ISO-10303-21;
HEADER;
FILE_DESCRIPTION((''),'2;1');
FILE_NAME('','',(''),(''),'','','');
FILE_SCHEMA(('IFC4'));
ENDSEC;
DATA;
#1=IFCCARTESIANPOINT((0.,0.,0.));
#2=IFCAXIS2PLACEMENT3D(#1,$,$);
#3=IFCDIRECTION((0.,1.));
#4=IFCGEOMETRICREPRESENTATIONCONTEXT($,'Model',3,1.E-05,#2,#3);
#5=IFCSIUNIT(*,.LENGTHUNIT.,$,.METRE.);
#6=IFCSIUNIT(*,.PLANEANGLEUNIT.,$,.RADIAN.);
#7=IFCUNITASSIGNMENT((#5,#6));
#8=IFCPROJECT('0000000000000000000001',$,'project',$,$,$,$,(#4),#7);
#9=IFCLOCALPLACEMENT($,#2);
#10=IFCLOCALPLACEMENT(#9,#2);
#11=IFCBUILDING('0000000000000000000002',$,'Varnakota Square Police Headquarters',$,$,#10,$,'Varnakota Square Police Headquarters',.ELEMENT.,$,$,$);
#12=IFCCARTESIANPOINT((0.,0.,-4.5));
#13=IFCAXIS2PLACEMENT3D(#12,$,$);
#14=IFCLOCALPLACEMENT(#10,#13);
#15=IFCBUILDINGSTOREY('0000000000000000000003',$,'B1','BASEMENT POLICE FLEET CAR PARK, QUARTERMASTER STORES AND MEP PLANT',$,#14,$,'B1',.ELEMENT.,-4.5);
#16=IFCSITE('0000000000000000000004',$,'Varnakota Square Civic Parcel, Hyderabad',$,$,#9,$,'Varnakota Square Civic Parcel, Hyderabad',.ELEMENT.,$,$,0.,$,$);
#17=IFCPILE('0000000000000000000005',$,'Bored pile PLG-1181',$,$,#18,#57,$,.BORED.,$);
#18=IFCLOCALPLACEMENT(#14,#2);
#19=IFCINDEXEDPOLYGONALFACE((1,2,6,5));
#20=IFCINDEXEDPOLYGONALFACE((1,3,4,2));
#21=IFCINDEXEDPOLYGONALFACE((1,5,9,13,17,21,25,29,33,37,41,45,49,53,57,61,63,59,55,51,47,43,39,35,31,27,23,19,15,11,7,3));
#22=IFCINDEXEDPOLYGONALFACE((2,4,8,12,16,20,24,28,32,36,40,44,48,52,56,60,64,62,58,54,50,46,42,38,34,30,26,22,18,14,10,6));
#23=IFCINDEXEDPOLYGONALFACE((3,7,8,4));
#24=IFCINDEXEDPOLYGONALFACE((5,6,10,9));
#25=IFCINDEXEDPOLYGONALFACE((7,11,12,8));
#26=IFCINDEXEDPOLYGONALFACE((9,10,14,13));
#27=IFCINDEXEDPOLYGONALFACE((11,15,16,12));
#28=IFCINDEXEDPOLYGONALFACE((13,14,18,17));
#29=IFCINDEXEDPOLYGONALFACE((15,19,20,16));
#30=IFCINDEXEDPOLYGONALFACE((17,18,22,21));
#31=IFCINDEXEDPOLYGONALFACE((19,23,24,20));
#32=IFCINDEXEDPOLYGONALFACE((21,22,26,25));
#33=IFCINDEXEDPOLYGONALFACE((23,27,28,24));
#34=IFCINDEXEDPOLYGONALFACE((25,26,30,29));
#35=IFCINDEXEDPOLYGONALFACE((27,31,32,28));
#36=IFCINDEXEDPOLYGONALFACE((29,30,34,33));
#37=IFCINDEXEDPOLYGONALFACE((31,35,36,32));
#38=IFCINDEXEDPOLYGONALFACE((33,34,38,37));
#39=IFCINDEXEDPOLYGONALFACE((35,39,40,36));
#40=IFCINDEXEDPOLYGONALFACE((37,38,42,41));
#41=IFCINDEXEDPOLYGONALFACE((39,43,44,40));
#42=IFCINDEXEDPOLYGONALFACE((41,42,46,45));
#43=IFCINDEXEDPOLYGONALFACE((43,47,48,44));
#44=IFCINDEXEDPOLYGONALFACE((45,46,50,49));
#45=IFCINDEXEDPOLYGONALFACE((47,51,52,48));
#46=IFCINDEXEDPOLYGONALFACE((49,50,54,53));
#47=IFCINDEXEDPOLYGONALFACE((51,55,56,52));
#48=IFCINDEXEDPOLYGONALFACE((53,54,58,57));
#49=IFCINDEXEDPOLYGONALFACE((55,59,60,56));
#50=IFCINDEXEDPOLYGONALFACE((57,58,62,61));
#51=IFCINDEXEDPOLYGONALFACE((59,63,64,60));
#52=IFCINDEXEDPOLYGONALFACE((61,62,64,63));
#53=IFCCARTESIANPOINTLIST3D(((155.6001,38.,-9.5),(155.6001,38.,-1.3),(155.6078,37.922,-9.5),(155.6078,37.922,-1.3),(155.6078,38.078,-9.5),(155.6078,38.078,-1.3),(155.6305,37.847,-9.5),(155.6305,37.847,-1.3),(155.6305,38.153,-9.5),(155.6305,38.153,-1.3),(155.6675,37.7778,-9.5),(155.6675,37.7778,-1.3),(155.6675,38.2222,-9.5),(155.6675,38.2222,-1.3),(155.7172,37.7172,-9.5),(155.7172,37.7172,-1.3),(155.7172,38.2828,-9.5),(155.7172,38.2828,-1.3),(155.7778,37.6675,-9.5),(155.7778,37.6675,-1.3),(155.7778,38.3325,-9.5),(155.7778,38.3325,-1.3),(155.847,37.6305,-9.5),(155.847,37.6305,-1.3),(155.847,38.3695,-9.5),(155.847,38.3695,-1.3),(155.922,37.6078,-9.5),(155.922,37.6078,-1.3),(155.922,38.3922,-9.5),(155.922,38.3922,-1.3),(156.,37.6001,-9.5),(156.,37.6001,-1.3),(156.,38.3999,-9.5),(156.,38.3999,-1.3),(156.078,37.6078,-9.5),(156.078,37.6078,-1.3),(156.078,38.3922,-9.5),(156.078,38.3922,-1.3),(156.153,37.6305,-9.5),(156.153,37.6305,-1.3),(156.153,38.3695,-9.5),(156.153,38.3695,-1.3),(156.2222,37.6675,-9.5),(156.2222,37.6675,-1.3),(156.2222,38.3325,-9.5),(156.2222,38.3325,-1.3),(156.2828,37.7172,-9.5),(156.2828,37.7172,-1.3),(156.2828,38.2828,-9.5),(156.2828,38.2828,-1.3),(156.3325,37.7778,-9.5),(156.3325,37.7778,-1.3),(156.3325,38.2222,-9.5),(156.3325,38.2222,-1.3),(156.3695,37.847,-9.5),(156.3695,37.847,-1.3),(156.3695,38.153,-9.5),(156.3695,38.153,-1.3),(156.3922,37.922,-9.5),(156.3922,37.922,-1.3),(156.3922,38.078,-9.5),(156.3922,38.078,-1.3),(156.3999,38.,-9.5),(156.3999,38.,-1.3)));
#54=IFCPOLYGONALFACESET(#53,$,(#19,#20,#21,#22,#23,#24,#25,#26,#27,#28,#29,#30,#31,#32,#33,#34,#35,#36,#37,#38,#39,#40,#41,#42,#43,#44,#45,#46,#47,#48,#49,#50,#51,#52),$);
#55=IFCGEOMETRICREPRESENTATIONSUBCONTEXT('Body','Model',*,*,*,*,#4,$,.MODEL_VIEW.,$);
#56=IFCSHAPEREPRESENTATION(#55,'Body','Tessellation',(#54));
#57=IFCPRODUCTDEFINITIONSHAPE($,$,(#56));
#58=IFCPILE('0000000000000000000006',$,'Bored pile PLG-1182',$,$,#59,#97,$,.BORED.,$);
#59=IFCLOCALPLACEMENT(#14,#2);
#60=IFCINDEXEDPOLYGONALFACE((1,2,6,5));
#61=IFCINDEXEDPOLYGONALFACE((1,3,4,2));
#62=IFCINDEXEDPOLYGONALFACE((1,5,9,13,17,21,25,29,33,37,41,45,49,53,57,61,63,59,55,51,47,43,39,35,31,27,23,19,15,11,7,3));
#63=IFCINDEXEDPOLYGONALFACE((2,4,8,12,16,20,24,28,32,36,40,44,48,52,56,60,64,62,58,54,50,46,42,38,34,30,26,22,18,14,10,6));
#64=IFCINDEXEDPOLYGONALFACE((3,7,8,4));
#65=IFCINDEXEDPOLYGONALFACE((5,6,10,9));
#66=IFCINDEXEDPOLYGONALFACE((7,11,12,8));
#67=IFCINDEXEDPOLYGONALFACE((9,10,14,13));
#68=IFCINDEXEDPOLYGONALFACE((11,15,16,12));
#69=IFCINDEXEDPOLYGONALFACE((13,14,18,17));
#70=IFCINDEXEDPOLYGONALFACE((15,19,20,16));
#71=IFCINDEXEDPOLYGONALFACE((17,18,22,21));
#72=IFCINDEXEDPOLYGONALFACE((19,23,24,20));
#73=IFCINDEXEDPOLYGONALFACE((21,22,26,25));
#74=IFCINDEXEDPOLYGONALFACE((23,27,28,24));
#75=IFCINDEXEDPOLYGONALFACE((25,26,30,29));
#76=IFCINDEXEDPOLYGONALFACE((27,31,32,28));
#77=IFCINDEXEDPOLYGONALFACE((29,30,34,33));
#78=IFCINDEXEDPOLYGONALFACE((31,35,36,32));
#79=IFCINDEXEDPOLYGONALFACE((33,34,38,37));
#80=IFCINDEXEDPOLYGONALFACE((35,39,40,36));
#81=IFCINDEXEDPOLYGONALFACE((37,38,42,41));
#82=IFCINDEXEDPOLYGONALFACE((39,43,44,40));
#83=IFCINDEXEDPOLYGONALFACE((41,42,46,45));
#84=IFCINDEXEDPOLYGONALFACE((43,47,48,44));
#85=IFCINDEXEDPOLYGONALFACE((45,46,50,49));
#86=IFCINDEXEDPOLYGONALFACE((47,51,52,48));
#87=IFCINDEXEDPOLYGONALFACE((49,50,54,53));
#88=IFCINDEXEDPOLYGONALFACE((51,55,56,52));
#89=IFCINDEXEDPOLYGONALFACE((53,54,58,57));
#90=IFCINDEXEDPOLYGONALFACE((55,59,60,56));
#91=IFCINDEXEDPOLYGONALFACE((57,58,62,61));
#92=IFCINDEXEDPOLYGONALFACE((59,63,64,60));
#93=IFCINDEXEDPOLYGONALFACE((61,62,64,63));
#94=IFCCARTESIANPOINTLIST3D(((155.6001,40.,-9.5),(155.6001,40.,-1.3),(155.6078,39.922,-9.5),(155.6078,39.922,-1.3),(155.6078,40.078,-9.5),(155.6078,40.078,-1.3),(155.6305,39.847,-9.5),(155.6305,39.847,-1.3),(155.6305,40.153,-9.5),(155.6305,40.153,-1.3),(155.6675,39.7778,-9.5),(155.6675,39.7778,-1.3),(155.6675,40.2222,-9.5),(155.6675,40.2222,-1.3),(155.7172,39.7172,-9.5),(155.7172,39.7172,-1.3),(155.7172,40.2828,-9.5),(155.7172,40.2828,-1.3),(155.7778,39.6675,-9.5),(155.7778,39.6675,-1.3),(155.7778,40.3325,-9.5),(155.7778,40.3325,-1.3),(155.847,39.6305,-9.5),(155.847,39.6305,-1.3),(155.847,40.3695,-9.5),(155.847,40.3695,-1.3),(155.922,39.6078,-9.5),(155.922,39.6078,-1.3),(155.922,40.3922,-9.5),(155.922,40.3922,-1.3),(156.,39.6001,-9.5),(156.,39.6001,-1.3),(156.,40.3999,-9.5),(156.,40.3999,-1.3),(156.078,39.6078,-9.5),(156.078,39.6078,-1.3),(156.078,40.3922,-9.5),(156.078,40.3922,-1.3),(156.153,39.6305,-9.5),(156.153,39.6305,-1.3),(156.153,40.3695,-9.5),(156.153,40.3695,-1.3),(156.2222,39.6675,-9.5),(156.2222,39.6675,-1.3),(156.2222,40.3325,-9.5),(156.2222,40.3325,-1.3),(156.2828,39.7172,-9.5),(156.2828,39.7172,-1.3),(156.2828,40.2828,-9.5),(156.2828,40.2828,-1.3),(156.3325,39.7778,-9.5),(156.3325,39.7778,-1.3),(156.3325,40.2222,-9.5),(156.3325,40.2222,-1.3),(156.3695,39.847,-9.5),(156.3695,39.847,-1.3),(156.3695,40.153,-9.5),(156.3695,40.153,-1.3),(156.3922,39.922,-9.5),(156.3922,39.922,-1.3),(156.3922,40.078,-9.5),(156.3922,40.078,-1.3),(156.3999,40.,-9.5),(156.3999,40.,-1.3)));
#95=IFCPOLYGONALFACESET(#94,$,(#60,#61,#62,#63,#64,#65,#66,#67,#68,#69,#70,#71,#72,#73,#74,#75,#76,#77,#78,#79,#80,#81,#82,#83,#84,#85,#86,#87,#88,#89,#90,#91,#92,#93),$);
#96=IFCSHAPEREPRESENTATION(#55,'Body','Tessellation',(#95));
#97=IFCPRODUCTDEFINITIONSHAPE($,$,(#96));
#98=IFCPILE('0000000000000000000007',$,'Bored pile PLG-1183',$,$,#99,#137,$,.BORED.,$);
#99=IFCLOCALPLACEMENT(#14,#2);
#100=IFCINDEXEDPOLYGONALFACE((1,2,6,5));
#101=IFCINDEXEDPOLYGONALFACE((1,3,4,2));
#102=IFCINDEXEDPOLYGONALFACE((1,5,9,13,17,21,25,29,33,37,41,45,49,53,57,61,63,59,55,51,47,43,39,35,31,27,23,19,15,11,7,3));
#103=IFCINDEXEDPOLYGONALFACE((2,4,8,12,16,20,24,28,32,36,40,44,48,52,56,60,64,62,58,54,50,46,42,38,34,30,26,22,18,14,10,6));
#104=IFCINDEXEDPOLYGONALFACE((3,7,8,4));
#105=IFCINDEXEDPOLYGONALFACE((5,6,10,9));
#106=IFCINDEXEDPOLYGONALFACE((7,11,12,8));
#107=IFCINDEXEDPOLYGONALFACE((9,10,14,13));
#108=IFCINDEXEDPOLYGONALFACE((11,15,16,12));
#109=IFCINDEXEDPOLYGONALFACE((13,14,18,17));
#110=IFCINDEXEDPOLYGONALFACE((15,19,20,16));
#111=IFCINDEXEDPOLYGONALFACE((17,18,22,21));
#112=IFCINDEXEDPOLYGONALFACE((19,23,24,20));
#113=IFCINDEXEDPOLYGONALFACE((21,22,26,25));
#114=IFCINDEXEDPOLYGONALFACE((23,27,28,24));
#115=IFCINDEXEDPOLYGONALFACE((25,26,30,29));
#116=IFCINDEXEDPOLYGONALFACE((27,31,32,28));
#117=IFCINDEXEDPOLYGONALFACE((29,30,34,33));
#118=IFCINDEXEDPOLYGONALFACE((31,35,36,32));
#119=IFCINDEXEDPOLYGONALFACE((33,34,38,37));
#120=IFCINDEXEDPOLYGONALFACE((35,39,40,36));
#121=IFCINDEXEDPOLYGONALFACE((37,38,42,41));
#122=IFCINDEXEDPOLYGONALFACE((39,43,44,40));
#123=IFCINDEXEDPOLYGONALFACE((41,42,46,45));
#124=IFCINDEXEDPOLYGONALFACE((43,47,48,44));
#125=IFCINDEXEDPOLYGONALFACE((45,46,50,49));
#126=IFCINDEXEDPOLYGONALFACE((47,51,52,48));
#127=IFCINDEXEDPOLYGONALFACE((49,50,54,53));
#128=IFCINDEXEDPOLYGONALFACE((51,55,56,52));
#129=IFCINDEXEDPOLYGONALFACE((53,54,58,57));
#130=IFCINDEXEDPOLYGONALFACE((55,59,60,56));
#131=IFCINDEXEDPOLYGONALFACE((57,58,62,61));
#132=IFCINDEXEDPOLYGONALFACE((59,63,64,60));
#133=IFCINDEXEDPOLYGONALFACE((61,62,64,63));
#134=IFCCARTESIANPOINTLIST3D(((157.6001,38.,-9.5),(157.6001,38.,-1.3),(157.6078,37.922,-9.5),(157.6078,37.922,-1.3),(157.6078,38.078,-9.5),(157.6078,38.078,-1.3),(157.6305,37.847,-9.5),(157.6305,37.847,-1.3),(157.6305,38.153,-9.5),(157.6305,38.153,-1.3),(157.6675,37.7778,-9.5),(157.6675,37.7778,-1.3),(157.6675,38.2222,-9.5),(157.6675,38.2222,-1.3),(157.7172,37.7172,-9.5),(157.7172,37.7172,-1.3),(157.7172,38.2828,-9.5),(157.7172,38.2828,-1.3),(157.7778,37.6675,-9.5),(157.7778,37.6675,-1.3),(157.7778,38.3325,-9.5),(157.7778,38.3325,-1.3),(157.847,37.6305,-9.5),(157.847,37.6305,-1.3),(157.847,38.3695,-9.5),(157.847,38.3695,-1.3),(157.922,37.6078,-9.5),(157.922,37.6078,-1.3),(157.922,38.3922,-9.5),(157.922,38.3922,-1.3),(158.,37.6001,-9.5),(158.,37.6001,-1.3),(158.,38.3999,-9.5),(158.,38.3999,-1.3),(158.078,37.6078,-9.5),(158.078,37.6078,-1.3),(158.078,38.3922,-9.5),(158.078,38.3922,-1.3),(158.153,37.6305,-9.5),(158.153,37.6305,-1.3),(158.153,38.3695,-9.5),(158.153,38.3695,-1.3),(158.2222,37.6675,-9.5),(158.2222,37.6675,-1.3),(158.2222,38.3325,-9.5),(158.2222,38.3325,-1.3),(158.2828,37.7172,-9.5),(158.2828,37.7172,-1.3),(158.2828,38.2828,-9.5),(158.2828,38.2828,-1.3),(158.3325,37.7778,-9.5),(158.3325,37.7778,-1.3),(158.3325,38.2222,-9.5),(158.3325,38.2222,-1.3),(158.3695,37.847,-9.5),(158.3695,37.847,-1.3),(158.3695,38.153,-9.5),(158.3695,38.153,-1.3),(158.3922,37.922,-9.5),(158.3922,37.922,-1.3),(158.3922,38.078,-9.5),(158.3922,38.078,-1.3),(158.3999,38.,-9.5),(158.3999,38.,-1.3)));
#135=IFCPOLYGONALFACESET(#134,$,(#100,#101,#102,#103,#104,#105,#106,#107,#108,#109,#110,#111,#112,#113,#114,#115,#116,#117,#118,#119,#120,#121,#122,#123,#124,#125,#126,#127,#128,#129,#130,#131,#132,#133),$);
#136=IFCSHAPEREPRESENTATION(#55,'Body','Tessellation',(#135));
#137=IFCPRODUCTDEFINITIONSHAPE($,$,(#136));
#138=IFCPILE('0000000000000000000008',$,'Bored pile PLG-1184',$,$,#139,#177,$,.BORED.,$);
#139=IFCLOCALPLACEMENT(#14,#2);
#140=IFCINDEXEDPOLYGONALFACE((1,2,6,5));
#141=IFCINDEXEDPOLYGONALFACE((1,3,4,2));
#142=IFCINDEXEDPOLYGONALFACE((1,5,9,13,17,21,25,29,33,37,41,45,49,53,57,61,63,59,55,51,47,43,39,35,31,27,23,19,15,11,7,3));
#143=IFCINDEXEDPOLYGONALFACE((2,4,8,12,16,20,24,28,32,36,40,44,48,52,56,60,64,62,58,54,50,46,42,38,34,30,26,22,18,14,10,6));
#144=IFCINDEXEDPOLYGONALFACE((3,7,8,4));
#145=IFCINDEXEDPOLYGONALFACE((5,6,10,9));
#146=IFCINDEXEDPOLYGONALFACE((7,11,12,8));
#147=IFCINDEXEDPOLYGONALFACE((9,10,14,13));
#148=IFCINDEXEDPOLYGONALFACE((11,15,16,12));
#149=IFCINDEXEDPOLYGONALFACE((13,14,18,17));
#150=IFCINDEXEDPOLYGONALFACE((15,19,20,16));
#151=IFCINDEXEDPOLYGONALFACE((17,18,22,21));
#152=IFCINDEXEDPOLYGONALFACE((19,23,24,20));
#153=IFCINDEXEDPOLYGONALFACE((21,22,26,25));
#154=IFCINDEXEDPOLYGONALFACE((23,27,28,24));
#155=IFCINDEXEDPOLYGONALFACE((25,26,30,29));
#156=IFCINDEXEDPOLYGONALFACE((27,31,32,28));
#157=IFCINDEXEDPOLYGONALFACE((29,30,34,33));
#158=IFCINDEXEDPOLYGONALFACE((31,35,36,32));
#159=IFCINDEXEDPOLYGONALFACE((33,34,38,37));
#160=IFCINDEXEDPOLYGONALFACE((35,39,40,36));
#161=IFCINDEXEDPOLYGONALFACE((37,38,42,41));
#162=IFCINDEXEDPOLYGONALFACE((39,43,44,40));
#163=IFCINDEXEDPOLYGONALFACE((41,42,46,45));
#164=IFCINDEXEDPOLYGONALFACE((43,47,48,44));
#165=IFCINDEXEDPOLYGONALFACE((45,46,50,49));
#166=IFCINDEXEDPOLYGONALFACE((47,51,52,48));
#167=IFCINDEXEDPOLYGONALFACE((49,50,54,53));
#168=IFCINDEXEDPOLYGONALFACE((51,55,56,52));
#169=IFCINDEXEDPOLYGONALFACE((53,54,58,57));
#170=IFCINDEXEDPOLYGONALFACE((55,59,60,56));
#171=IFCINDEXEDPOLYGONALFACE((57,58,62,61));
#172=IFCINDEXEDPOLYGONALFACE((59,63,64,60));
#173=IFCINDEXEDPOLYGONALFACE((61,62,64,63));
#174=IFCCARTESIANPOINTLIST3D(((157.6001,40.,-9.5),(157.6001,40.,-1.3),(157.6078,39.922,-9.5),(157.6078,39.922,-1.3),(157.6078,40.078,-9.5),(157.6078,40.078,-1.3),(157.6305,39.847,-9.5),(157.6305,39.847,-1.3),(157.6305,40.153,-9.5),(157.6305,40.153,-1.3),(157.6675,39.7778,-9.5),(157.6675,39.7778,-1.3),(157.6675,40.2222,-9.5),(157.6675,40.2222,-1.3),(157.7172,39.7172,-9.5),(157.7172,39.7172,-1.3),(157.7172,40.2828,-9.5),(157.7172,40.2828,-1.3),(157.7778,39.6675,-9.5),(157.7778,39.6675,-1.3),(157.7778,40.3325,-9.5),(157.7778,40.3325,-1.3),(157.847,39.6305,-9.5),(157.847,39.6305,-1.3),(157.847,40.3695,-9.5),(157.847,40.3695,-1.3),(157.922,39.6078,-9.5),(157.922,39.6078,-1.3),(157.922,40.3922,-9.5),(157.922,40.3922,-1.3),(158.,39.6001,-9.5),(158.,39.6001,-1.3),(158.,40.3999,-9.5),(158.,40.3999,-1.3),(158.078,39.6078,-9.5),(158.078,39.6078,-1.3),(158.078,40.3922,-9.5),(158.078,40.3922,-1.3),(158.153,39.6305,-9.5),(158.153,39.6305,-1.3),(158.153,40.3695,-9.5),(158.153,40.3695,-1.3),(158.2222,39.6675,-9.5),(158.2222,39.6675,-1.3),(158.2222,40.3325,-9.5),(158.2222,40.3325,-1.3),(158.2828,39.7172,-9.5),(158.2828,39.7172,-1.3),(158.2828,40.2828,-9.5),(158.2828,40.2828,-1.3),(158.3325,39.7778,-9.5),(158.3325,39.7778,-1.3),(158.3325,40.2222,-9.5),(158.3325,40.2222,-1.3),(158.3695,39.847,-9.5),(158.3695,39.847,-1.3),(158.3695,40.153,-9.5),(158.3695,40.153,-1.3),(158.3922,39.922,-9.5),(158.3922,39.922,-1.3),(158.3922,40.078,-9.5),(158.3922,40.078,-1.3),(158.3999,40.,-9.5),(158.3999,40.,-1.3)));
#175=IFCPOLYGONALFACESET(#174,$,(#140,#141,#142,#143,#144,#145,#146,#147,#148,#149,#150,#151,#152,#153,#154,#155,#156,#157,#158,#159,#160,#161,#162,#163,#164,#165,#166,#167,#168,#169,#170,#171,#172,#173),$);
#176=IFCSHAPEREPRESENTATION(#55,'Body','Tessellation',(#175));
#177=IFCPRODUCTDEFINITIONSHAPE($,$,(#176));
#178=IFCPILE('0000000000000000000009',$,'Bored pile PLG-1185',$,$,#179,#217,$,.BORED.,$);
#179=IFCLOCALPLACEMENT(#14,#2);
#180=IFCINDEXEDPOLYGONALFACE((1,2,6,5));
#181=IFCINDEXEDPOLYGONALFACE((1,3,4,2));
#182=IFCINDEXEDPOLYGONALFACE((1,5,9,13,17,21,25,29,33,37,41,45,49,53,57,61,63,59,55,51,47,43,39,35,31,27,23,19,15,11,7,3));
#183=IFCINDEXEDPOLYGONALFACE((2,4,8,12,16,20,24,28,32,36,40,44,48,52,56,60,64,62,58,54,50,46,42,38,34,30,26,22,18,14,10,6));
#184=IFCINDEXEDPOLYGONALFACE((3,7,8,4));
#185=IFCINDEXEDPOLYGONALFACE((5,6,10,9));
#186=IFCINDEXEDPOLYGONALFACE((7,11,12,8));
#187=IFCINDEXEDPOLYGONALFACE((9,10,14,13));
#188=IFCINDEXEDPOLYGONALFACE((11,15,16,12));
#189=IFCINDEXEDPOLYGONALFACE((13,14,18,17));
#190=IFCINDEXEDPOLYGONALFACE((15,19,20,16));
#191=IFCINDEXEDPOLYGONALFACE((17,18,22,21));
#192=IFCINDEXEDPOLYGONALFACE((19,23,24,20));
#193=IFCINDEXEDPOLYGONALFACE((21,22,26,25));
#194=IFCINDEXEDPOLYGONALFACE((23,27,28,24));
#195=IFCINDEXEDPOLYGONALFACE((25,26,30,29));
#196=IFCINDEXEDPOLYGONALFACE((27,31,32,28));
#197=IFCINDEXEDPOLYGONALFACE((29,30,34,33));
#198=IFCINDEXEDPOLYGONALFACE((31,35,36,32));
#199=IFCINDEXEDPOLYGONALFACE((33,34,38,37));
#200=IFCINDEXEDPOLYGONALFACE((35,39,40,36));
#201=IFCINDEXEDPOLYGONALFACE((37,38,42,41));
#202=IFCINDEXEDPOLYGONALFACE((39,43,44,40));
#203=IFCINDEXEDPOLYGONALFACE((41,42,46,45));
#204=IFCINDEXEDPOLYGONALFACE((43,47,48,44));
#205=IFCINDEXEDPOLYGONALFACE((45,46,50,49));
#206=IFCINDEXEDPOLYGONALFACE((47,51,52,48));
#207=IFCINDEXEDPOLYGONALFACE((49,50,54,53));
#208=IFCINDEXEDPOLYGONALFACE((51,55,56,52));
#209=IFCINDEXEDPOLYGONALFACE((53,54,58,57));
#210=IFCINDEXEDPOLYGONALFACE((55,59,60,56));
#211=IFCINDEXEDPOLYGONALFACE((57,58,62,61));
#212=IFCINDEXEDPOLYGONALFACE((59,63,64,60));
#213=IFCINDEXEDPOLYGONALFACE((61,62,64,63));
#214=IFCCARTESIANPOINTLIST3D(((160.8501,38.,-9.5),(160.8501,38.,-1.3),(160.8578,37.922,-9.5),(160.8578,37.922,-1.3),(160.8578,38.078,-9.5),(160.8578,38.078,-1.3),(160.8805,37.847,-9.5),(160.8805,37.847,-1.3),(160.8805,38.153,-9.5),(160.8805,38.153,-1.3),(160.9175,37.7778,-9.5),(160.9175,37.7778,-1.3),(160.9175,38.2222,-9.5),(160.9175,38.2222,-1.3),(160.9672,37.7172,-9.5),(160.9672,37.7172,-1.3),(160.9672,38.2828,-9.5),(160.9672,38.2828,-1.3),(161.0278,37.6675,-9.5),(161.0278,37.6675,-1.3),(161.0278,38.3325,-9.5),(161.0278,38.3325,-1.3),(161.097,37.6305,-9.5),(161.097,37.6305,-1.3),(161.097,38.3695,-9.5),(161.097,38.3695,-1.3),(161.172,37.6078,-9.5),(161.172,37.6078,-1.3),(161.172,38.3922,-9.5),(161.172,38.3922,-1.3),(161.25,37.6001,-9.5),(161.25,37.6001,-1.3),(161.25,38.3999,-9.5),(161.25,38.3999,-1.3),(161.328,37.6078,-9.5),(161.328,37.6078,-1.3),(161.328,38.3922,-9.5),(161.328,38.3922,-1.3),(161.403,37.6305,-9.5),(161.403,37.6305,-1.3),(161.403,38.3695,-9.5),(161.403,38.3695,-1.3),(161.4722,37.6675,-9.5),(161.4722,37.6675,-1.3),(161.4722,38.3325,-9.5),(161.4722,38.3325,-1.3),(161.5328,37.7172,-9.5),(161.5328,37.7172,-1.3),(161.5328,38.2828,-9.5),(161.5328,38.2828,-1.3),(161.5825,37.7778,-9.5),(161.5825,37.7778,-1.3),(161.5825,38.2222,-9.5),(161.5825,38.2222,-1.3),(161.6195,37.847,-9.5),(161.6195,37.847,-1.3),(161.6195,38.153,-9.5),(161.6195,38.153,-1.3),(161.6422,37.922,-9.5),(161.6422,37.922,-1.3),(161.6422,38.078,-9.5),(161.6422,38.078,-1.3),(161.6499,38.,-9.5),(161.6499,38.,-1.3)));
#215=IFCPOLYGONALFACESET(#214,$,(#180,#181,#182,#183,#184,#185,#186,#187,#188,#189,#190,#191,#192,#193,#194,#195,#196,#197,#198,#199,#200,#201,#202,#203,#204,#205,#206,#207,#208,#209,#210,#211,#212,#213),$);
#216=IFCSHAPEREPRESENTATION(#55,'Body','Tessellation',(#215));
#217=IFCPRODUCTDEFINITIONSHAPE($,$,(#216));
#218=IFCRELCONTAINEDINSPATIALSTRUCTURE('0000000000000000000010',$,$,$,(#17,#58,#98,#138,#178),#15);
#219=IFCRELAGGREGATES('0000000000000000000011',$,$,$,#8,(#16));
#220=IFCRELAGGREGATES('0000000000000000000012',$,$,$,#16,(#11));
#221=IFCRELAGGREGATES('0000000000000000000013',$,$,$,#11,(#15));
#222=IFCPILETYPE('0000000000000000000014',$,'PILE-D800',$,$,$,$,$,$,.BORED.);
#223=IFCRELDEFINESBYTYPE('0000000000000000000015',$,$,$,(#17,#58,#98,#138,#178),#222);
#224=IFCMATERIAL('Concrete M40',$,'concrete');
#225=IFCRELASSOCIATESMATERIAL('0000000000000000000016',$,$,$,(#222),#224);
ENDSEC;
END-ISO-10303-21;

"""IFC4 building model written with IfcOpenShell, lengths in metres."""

from ifc_helpers import new_model, si_unit, direction, frame, origin, origin_2d, place, context, subcontext, project, spatial, circle, extrude, material, material_profile, profile_set, type_object, element, save


model = new_model("IFC4")

# Units and contexts
model_context = context("Model", 3, precision=1e-05, world=origin(), true_north=direction((0.0, 1.0)))
body_context = subcontext(model_context, "Body", "Model", "MODEL_VIEW")
ifc_project = project(units=[si_unit("LENGTHUNIT", "METRE"), si_unit("PLANEANGLEUNIT", "RADIAN")], contexts=[model_context])

# Site, building, storey
site_placement = place(None, origin())
site = spatial("IfcSite", under=ifc_project, at=site_placement, Name="Varnakota Square Civic Parcel, Hyderabad", LongName="Varnakota Square Civic Parcel, Hyderabad", CompositionType="ELEMENT", RefElevation=0.0)
building_placement = place(site_placement, origin())
building = spatial("IfcBuilding", under=site, at=building_placement, Name="Varnakota Square Police Headquarters", LongName="Varnakota Square Police Headquarters", CompositionType="ELEMENT")
storey_placement = place(building_placement, frame((0.0, 0.0, -4.5)))
storey = spatial("IfcBuildingStorey", under=building, at=storey_placement, Name="B1", Description="BASEMENT POLICE FLEET CAR PARK, QUARTERMASTER STORES AND MEP PLANT", LongName="B1", CompositionType="ELEMENT", Elevation=-4.5)

# Shared definitions
ifc_material_1 = material(Name="Concrete M40", Category="concrete")

# Piles
ifc_material_profile_1 = material_profile(ifc_material_1, circle(Radius=0.3999, at=origin_2d()), Name="BORED PILE 800")
ifc_profile_set_1 = profile_set([ifc_material_profile_1], Name="Concrete M40")
pile_type_1 = type_object("IfcPileType", Name="PILE-D800", PredefinedType="BORED", material=ifc_profile_set_1)
for number, where, z_axis, x_axis, name in (
    (1, (156.0, 38.0, -1.3), (0.0, 0.0, -1.0), (1.0, 0.0, 0.0), "Bored pile PLG-1181"),
    (2, (156.0, 40.0, -1.3), (0.0, 0.0, -1.0), (1.0, 0.0, 0.0), "Bored pile PLG-1182"),
    (3, (158.0, 38.0, -1.3), (0.0, 0.0, -1.0), (1.0, 0.0, 0.0), "Bored pile PLG-1183"),
    (4, (158.0, 40.0, -1.3), (0.0, 0.0, -1.0), (1.0, 0.0, 0.0), "Bored pile PLG-1184"),
    (5, (161.25, 38.0, -1.3), (0.0, 0.0, -1.0), (1.0, 0.0, 0.0), "Bored pile PLG-1185"),
):
    element("IfcPile", number, at=place(storey_placement, frame(where, z_axis=z_axis, x_axis=x_axis)), inside=storey, type_object=pile_type_1, Name=name, PredefinedType="BORED", context=body_context, shape_type="SweptSolid", body=[
        extrude(circle(Radius=0.3999, at=origin_2d()), origin(), (0.0, 0.0, 1.0), 8.2),
    ])

save(model, "model.ifc")
